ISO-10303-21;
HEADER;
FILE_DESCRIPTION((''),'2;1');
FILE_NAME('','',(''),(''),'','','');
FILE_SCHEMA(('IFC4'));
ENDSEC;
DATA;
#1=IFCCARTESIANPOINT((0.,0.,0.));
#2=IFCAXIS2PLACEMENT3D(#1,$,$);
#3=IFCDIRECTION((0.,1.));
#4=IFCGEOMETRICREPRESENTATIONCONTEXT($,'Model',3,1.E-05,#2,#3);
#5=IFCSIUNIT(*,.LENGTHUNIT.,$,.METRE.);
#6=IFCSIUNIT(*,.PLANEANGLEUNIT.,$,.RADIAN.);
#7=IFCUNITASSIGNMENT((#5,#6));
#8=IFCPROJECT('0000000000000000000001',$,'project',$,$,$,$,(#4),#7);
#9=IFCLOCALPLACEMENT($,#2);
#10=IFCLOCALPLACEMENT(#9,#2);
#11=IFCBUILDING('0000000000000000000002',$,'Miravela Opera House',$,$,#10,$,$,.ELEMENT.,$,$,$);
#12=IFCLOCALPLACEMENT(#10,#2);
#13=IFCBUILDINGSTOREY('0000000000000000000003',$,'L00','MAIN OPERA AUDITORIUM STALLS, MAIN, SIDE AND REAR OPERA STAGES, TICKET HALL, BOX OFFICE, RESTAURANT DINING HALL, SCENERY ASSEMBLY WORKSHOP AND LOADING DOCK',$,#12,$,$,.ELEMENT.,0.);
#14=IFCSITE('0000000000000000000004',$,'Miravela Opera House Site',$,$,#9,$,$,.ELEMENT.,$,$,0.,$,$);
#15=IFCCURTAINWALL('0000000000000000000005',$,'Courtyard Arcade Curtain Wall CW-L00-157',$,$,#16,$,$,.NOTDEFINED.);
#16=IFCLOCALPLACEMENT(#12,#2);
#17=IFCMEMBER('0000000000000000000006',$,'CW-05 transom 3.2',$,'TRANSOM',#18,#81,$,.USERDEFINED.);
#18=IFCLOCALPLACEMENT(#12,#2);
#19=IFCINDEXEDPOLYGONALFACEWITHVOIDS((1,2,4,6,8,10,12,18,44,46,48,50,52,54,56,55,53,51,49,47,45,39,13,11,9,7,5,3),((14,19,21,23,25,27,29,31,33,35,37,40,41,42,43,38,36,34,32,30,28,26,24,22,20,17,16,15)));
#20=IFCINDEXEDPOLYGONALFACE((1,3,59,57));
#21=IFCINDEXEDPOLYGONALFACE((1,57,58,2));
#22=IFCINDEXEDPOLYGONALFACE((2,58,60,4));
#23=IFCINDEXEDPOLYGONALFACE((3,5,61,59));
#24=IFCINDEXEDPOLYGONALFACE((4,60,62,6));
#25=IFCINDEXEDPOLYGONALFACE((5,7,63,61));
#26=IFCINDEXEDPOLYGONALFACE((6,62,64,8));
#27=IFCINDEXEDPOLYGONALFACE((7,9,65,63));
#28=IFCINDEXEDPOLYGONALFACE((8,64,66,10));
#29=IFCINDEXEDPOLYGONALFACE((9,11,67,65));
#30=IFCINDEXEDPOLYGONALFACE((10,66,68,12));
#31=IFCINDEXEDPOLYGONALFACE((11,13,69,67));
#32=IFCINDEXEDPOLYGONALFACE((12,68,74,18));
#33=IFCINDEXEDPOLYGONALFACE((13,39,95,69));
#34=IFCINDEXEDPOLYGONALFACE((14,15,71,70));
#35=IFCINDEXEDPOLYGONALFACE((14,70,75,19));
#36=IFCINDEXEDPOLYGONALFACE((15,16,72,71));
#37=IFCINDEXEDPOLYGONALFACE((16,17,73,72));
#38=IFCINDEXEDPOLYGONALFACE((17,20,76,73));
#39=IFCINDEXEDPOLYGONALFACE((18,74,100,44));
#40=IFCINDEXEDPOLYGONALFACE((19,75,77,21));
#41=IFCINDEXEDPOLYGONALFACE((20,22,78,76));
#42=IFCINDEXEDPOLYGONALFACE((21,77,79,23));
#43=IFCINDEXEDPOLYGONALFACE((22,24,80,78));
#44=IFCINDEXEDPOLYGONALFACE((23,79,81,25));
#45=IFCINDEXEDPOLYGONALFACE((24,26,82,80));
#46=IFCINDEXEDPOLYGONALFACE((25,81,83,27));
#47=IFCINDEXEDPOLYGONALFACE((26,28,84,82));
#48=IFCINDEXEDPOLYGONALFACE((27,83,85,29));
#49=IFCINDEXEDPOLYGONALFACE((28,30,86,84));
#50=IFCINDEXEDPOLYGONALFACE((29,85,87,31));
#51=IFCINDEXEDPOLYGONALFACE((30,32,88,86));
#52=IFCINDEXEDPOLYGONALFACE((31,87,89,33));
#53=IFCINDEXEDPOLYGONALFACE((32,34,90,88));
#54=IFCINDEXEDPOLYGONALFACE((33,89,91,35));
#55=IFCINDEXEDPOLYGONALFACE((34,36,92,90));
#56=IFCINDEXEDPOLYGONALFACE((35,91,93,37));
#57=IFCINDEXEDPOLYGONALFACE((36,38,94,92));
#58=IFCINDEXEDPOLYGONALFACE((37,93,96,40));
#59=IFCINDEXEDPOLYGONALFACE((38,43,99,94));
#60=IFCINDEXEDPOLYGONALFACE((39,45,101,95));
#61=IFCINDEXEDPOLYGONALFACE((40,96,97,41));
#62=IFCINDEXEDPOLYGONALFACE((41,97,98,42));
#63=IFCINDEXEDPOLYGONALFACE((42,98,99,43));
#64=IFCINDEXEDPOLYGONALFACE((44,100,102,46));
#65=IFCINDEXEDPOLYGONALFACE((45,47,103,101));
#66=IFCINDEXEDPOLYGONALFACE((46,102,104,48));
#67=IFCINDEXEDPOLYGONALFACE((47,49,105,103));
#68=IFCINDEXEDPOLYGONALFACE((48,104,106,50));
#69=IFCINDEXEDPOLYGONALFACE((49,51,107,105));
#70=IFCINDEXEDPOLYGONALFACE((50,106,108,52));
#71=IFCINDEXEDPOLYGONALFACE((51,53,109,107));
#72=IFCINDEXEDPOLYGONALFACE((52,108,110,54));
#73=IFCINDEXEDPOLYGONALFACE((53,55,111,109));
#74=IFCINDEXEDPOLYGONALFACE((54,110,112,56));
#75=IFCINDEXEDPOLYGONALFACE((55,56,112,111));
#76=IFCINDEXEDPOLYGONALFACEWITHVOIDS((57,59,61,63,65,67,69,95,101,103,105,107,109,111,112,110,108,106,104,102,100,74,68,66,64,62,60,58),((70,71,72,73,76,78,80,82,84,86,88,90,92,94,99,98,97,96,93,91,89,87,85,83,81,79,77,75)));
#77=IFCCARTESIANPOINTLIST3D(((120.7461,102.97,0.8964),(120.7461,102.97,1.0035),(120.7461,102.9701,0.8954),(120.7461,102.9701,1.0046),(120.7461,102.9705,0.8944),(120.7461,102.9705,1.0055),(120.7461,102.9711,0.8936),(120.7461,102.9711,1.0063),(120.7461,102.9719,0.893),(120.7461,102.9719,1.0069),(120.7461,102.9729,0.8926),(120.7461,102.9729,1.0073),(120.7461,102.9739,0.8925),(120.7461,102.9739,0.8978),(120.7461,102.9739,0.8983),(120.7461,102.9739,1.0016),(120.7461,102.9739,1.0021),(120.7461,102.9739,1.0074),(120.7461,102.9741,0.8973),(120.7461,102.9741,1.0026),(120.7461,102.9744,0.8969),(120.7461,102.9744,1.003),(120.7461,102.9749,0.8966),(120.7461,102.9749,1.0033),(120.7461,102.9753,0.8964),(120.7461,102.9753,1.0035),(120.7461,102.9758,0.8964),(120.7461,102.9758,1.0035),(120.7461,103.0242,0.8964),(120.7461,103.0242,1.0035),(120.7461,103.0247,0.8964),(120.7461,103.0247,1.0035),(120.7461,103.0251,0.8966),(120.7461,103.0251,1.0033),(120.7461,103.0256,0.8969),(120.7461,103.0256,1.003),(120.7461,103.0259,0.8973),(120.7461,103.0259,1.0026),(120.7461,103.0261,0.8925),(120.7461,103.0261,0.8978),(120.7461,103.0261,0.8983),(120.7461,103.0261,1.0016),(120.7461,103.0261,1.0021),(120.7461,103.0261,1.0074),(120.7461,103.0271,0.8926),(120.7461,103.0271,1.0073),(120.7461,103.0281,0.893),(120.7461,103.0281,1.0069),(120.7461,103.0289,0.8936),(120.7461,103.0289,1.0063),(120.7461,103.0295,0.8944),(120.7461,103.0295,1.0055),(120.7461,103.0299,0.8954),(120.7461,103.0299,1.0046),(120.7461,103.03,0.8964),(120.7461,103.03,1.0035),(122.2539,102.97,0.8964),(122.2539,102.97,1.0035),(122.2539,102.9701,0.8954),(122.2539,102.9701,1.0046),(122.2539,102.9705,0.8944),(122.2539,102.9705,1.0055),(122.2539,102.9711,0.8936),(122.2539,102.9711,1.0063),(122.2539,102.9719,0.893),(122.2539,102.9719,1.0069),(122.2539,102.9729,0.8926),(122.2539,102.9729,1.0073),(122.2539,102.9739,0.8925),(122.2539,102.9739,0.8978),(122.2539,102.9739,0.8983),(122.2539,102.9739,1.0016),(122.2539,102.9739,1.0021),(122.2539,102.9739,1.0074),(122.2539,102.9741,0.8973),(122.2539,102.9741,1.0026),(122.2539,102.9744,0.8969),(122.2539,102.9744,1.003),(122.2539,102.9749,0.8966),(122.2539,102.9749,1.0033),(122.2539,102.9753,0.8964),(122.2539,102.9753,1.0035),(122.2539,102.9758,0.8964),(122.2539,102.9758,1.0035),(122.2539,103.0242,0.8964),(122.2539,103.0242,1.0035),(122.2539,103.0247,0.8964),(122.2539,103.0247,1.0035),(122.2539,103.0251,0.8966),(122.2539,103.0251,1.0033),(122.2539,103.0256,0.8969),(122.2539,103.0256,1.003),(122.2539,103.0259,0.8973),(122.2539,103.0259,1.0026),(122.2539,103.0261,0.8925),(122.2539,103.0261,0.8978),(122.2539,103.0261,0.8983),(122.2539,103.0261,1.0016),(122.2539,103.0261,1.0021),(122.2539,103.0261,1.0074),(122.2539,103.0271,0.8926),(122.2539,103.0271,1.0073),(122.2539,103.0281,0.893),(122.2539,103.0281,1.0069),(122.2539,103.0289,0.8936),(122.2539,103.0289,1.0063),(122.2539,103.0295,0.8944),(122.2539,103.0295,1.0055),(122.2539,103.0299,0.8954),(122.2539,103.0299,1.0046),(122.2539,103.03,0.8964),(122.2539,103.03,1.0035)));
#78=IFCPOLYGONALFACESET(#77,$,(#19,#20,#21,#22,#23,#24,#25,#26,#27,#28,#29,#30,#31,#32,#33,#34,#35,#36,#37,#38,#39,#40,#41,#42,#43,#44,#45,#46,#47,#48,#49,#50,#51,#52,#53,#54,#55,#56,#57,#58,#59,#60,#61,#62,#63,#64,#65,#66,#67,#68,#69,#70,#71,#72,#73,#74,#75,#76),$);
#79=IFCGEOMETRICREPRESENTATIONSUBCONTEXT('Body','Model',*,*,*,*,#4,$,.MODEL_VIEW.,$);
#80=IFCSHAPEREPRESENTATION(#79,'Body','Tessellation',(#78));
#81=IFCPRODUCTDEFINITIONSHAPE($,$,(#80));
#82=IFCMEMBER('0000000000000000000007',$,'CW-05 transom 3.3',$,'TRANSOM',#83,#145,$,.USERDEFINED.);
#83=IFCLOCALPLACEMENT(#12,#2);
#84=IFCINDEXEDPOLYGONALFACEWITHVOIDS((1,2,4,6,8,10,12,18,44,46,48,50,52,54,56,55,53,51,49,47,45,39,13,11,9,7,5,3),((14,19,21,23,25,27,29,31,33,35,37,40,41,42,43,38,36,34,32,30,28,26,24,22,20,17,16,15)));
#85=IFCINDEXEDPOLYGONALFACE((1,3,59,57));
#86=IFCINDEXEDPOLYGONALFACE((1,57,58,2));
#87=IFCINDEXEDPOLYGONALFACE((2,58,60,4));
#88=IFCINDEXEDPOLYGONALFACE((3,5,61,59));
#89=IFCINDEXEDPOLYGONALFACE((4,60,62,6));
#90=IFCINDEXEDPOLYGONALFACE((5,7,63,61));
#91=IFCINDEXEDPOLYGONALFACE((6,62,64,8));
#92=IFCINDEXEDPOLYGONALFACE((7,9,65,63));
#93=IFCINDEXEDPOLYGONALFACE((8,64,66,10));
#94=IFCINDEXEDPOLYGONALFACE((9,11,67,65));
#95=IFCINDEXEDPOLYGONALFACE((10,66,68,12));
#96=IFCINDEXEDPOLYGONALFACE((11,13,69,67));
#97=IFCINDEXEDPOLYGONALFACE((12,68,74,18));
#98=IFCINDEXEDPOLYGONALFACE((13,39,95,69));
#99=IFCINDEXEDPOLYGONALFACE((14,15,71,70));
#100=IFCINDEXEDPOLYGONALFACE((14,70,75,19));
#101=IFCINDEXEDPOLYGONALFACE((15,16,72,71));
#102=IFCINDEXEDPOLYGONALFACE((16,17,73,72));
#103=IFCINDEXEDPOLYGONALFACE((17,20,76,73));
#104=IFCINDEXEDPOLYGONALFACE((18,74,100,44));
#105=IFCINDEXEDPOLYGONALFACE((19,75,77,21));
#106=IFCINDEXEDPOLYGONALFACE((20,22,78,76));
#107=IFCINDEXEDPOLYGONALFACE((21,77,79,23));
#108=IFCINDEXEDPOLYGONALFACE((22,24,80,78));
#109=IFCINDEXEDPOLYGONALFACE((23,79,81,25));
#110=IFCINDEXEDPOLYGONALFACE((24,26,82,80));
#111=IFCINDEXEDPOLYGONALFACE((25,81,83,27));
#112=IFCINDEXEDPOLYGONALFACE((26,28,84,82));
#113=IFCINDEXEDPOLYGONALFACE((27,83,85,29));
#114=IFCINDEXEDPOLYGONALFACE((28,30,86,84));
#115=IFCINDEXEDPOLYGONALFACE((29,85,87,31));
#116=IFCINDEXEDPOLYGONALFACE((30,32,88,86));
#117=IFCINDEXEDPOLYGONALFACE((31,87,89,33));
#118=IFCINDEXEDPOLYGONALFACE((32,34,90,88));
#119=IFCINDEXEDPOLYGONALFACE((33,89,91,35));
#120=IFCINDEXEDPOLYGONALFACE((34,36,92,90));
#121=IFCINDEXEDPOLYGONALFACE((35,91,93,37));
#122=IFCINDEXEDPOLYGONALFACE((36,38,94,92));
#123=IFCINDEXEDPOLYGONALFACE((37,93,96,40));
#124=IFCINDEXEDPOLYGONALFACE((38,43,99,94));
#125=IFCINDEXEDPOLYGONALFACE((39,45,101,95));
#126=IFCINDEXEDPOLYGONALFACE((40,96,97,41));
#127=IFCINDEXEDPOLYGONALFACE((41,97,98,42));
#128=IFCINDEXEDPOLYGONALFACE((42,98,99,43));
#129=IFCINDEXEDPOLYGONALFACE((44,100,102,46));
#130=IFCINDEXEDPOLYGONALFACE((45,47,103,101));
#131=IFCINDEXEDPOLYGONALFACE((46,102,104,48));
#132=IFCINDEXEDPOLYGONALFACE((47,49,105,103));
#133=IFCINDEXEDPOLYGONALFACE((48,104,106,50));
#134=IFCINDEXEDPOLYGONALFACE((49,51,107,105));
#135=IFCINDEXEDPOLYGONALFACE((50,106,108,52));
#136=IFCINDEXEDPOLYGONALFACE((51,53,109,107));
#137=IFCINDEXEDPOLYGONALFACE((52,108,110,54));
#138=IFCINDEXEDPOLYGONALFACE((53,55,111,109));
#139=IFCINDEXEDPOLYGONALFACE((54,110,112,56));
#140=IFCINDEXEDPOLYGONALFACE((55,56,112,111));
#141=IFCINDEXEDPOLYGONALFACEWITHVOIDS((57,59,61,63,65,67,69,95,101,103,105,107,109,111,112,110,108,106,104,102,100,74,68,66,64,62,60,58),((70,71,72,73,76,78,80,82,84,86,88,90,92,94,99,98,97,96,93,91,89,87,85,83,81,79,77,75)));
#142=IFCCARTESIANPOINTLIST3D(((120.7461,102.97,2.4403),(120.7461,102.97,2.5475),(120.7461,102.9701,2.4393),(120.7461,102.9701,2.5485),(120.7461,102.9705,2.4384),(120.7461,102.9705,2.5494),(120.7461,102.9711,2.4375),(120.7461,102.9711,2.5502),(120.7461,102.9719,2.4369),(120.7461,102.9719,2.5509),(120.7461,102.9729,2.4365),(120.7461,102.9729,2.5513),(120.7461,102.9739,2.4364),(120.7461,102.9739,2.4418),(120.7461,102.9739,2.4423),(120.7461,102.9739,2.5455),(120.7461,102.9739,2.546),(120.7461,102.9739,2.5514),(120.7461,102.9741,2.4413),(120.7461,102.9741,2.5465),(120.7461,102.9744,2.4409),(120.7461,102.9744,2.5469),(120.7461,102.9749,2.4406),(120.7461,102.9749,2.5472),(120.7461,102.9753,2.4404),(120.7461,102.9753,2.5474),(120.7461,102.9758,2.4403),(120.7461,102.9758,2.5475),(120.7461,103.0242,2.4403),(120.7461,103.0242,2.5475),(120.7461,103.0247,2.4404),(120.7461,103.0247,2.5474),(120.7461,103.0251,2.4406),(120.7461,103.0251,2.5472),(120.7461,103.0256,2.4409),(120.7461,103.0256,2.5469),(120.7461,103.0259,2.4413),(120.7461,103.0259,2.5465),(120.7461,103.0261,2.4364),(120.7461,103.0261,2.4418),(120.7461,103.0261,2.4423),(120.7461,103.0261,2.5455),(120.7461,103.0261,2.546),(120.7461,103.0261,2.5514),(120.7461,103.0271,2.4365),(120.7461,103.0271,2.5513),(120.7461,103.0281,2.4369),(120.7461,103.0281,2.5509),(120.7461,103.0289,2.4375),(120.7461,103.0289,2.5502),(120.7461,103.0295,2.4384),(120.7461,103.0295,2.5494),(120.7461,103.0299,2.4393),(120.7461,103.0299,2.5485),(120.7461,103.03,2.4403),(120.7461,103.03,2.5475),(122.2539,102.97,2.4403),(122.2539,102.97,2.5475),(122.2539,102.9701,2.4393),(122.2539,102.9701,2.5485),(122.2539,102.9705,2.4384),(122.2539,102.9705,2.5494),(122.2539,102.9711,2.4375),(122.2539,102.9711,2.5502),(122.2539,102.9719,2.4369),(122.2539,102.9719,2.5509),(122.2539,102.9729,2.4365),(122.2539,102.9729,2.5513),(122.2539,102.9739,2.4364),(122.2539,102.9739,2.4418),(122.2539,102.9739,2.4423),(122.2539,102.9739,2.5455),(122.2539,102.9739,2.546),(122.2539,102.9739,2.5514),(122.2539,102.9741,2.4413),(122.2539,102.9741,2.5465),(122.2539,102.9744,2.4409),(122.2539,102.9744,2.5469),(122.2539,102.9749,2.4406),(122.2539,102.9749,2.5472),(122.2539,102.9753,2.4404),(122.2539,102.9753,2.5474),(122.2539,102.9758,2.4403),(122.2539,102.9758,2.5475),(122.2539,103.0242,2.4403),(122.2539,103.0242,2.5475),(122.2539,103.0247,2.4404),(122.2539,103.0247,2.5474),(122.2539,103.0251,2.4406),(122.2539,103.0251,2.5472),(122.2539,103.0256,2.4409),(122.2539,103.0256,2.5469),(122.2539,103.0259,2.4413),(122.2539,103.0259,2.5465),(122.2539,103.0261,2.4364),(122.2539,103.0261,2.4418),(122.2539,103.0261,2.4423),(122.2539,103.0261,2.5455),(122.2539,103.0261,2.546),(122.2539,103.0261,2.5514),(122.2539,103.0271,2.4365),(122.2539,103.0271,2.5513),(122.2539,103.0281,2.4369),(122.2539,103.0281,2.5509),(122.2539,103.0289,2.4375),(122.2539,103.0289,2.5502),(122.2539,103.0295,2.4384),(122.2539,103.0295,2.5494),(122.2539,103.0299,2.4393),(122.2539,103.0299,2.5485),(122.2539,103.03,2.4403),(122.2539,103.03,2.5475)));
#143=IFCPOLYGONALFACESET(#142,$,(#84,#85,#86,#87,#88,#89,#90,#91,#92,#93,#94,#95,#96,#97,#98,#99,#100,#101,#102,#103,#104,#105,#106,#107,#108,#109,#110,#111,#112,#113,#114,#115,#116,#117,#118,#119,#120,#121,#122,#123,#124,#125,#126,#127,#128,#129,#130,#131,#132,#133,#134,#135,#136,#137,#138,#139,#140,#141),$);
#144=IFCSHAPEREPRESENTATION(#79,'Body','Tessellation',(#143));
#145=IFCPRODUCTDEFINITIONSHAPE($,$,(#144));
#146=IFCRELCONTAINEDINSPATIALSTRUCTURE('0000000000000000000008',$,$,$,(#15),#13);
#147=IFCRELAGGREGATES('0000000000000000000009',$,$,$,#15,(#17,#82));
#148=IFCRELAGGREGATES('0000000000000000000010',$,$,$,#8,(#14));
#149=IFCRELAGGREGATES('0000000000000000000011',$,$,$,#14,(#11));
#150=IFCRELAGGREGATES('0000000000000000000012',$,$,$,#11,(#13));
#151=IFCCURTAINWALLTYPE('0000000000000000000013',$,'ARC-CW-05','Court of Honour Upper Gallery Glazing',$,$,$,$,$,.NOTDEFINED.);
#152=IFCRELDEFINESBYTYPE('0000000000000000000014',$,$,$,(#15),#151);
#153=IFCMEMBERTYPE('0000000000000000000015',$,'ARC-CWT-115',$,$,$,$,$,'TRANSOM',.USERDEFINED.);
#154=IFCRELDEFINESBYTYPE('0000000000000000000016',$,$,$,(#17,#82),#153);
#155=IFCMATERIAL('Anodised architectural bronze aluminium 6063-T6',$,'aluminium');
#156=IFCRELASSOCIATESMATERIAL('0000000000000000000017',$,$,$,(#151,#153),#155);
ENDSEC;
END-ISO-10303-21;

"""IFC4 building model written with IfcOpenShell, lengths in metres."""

from ifc_helpers import new_model, si_unit, direction, frame, origin, origin_2d, place, context, subcontext, project, spatial, hollow_rectangle, extrude, material, material_profile, profile_set, type_object, element, aggregate, save


model = new_model("IFC4")

# Units and contexts
model_context = context("Model", 3, precision=1e-05, world=origin(), true_north=direction((0.0, 1.0)))
body_context = subcontext(model_context, "Body", "Model", "MODEL_VIEW")
ifc_project = project(units=[si_unit("LENGTHUNIT", "METRE"), si_unit("PLANEANGLEUNIT", "RADIAN")], contexts=[model_context])

# Site, building, storey
site_placement = place(None, origin())
site = spatial("IfcSite", under=ifc_project, at=site_placement, Name="Miravela Opera House Site", CompositionType="ELEMENT", RefElevation=0.0)
building_placement = place(site_placement, origin())
building = spatial("IfcBuilding", under=site, at=building_placement, Name="Miravela Opera House", CompositionType="ELEMENT")
storey_placement = place(building_placement, origin())
storey = spatial("IfcBuildingStorey", under=building, at=storey_placement, Name="L00", Description="MAIN OPERA AUDITORIUM STALLS, MAIN, SIDE AND REAR OPERA STAGES, TICKET HALL, BOX OFFICE, RESTAURANT DINING HALL, SCENERY ASSEMBLY WORKSHOP AND LOADING DOCK", CompositionType="ELEMENT", Elevation=0.0)

# Curtain wall, members
ifc_material_1 = material(Name="Anodised architectural bronze aluminium 6063-T6", Category="aluminium")
curtain_wall_type = type_object("IfcCurtainWallType", Name="ARC-CW-05", Description="Court of Honour Upper Gallery Glazing", PredefinedType="NOTDEFINED", material=ifc_material_1)
curtain_wall_placement = place(storey_placement, origin())
curtain_wall = element("IfcCurtainWall", 1, at=curtain_wall_placement, inside=storey, type_object=curtain_wall_type, Name="Courtyard Arcade Curtain Wall CW-L00-157", PredefinedType="NOTDEFINED")
ifc_material_profile_1 = material_profile(ifc_material_1, hollow_rectangle(XDim=0.0601, YDim=0.115, WallThickness=0.0039, InnerFilletRadius=0.002, OuterFilletRadius=0.0039, at=origin_2d()), Name="CWT-60X115")
ifc_profile_set_1 = profile_set([ifc_material_profile_1])
member_type_1 = type_object("IfcMemberType", Name="ARC-CWT-115", ElementType="TRANSOM", PredefinedType="USERDEFINED", material=ifc_profile_set_1)
member_1_placement = place(storey_placement, frame((120.7461, 103.0, 0.95), z_axis=(1.0, 0.0, 0.0), x_axis=(0.0, 1.0, 0.0)))
member_1 = element("IfcMember", 2, at=member_1_placement, type_object=member_type_1, Name="CW-05 transom 3.2", ObjectType="TRANSOM", PredefinedType="USERDEFINED", context=body_context, shape_type="SweptSolid", body=[
    extrude(hollow_rectangle(XDim=0.0601, YDim=0.115, WallThickness=0.0039, InnerFilletRadius=0.002, OuterFilletRadius=0.0039, at=origin_2d()), origin(), (0.0, 0.0, 1.0), 1.5078),
])
member_2_placement = place(storey_placement, frame((120.7461, 103.0, 2.4939), z_axis=(1.0, 0.0, 0.0), x_axis=(0.0, 1.0, 0.0)))
member_2 = element("IfcMember", 3, at=member_2_placement, type_object=member_type_1, Name="CW-05 transom 3.3", ObjectType="TRANSOM", PredefinedType="USERDEFINED", context=body_context, shape_type="SweptSolid", body=[
    extrude(hollow_rectangle(XDim=0.0601, YDim=0.115, WallThickness=0.0039, InnerFilletRadius=0.002, OuterFilletRadius=0.0039, at=origin_2d()), origin(), (0.0, 0.0, 1.0), 1.5078),
])

aggregate(curtain_wall, [member_1, member_2])

save(model, "model.ifc")
